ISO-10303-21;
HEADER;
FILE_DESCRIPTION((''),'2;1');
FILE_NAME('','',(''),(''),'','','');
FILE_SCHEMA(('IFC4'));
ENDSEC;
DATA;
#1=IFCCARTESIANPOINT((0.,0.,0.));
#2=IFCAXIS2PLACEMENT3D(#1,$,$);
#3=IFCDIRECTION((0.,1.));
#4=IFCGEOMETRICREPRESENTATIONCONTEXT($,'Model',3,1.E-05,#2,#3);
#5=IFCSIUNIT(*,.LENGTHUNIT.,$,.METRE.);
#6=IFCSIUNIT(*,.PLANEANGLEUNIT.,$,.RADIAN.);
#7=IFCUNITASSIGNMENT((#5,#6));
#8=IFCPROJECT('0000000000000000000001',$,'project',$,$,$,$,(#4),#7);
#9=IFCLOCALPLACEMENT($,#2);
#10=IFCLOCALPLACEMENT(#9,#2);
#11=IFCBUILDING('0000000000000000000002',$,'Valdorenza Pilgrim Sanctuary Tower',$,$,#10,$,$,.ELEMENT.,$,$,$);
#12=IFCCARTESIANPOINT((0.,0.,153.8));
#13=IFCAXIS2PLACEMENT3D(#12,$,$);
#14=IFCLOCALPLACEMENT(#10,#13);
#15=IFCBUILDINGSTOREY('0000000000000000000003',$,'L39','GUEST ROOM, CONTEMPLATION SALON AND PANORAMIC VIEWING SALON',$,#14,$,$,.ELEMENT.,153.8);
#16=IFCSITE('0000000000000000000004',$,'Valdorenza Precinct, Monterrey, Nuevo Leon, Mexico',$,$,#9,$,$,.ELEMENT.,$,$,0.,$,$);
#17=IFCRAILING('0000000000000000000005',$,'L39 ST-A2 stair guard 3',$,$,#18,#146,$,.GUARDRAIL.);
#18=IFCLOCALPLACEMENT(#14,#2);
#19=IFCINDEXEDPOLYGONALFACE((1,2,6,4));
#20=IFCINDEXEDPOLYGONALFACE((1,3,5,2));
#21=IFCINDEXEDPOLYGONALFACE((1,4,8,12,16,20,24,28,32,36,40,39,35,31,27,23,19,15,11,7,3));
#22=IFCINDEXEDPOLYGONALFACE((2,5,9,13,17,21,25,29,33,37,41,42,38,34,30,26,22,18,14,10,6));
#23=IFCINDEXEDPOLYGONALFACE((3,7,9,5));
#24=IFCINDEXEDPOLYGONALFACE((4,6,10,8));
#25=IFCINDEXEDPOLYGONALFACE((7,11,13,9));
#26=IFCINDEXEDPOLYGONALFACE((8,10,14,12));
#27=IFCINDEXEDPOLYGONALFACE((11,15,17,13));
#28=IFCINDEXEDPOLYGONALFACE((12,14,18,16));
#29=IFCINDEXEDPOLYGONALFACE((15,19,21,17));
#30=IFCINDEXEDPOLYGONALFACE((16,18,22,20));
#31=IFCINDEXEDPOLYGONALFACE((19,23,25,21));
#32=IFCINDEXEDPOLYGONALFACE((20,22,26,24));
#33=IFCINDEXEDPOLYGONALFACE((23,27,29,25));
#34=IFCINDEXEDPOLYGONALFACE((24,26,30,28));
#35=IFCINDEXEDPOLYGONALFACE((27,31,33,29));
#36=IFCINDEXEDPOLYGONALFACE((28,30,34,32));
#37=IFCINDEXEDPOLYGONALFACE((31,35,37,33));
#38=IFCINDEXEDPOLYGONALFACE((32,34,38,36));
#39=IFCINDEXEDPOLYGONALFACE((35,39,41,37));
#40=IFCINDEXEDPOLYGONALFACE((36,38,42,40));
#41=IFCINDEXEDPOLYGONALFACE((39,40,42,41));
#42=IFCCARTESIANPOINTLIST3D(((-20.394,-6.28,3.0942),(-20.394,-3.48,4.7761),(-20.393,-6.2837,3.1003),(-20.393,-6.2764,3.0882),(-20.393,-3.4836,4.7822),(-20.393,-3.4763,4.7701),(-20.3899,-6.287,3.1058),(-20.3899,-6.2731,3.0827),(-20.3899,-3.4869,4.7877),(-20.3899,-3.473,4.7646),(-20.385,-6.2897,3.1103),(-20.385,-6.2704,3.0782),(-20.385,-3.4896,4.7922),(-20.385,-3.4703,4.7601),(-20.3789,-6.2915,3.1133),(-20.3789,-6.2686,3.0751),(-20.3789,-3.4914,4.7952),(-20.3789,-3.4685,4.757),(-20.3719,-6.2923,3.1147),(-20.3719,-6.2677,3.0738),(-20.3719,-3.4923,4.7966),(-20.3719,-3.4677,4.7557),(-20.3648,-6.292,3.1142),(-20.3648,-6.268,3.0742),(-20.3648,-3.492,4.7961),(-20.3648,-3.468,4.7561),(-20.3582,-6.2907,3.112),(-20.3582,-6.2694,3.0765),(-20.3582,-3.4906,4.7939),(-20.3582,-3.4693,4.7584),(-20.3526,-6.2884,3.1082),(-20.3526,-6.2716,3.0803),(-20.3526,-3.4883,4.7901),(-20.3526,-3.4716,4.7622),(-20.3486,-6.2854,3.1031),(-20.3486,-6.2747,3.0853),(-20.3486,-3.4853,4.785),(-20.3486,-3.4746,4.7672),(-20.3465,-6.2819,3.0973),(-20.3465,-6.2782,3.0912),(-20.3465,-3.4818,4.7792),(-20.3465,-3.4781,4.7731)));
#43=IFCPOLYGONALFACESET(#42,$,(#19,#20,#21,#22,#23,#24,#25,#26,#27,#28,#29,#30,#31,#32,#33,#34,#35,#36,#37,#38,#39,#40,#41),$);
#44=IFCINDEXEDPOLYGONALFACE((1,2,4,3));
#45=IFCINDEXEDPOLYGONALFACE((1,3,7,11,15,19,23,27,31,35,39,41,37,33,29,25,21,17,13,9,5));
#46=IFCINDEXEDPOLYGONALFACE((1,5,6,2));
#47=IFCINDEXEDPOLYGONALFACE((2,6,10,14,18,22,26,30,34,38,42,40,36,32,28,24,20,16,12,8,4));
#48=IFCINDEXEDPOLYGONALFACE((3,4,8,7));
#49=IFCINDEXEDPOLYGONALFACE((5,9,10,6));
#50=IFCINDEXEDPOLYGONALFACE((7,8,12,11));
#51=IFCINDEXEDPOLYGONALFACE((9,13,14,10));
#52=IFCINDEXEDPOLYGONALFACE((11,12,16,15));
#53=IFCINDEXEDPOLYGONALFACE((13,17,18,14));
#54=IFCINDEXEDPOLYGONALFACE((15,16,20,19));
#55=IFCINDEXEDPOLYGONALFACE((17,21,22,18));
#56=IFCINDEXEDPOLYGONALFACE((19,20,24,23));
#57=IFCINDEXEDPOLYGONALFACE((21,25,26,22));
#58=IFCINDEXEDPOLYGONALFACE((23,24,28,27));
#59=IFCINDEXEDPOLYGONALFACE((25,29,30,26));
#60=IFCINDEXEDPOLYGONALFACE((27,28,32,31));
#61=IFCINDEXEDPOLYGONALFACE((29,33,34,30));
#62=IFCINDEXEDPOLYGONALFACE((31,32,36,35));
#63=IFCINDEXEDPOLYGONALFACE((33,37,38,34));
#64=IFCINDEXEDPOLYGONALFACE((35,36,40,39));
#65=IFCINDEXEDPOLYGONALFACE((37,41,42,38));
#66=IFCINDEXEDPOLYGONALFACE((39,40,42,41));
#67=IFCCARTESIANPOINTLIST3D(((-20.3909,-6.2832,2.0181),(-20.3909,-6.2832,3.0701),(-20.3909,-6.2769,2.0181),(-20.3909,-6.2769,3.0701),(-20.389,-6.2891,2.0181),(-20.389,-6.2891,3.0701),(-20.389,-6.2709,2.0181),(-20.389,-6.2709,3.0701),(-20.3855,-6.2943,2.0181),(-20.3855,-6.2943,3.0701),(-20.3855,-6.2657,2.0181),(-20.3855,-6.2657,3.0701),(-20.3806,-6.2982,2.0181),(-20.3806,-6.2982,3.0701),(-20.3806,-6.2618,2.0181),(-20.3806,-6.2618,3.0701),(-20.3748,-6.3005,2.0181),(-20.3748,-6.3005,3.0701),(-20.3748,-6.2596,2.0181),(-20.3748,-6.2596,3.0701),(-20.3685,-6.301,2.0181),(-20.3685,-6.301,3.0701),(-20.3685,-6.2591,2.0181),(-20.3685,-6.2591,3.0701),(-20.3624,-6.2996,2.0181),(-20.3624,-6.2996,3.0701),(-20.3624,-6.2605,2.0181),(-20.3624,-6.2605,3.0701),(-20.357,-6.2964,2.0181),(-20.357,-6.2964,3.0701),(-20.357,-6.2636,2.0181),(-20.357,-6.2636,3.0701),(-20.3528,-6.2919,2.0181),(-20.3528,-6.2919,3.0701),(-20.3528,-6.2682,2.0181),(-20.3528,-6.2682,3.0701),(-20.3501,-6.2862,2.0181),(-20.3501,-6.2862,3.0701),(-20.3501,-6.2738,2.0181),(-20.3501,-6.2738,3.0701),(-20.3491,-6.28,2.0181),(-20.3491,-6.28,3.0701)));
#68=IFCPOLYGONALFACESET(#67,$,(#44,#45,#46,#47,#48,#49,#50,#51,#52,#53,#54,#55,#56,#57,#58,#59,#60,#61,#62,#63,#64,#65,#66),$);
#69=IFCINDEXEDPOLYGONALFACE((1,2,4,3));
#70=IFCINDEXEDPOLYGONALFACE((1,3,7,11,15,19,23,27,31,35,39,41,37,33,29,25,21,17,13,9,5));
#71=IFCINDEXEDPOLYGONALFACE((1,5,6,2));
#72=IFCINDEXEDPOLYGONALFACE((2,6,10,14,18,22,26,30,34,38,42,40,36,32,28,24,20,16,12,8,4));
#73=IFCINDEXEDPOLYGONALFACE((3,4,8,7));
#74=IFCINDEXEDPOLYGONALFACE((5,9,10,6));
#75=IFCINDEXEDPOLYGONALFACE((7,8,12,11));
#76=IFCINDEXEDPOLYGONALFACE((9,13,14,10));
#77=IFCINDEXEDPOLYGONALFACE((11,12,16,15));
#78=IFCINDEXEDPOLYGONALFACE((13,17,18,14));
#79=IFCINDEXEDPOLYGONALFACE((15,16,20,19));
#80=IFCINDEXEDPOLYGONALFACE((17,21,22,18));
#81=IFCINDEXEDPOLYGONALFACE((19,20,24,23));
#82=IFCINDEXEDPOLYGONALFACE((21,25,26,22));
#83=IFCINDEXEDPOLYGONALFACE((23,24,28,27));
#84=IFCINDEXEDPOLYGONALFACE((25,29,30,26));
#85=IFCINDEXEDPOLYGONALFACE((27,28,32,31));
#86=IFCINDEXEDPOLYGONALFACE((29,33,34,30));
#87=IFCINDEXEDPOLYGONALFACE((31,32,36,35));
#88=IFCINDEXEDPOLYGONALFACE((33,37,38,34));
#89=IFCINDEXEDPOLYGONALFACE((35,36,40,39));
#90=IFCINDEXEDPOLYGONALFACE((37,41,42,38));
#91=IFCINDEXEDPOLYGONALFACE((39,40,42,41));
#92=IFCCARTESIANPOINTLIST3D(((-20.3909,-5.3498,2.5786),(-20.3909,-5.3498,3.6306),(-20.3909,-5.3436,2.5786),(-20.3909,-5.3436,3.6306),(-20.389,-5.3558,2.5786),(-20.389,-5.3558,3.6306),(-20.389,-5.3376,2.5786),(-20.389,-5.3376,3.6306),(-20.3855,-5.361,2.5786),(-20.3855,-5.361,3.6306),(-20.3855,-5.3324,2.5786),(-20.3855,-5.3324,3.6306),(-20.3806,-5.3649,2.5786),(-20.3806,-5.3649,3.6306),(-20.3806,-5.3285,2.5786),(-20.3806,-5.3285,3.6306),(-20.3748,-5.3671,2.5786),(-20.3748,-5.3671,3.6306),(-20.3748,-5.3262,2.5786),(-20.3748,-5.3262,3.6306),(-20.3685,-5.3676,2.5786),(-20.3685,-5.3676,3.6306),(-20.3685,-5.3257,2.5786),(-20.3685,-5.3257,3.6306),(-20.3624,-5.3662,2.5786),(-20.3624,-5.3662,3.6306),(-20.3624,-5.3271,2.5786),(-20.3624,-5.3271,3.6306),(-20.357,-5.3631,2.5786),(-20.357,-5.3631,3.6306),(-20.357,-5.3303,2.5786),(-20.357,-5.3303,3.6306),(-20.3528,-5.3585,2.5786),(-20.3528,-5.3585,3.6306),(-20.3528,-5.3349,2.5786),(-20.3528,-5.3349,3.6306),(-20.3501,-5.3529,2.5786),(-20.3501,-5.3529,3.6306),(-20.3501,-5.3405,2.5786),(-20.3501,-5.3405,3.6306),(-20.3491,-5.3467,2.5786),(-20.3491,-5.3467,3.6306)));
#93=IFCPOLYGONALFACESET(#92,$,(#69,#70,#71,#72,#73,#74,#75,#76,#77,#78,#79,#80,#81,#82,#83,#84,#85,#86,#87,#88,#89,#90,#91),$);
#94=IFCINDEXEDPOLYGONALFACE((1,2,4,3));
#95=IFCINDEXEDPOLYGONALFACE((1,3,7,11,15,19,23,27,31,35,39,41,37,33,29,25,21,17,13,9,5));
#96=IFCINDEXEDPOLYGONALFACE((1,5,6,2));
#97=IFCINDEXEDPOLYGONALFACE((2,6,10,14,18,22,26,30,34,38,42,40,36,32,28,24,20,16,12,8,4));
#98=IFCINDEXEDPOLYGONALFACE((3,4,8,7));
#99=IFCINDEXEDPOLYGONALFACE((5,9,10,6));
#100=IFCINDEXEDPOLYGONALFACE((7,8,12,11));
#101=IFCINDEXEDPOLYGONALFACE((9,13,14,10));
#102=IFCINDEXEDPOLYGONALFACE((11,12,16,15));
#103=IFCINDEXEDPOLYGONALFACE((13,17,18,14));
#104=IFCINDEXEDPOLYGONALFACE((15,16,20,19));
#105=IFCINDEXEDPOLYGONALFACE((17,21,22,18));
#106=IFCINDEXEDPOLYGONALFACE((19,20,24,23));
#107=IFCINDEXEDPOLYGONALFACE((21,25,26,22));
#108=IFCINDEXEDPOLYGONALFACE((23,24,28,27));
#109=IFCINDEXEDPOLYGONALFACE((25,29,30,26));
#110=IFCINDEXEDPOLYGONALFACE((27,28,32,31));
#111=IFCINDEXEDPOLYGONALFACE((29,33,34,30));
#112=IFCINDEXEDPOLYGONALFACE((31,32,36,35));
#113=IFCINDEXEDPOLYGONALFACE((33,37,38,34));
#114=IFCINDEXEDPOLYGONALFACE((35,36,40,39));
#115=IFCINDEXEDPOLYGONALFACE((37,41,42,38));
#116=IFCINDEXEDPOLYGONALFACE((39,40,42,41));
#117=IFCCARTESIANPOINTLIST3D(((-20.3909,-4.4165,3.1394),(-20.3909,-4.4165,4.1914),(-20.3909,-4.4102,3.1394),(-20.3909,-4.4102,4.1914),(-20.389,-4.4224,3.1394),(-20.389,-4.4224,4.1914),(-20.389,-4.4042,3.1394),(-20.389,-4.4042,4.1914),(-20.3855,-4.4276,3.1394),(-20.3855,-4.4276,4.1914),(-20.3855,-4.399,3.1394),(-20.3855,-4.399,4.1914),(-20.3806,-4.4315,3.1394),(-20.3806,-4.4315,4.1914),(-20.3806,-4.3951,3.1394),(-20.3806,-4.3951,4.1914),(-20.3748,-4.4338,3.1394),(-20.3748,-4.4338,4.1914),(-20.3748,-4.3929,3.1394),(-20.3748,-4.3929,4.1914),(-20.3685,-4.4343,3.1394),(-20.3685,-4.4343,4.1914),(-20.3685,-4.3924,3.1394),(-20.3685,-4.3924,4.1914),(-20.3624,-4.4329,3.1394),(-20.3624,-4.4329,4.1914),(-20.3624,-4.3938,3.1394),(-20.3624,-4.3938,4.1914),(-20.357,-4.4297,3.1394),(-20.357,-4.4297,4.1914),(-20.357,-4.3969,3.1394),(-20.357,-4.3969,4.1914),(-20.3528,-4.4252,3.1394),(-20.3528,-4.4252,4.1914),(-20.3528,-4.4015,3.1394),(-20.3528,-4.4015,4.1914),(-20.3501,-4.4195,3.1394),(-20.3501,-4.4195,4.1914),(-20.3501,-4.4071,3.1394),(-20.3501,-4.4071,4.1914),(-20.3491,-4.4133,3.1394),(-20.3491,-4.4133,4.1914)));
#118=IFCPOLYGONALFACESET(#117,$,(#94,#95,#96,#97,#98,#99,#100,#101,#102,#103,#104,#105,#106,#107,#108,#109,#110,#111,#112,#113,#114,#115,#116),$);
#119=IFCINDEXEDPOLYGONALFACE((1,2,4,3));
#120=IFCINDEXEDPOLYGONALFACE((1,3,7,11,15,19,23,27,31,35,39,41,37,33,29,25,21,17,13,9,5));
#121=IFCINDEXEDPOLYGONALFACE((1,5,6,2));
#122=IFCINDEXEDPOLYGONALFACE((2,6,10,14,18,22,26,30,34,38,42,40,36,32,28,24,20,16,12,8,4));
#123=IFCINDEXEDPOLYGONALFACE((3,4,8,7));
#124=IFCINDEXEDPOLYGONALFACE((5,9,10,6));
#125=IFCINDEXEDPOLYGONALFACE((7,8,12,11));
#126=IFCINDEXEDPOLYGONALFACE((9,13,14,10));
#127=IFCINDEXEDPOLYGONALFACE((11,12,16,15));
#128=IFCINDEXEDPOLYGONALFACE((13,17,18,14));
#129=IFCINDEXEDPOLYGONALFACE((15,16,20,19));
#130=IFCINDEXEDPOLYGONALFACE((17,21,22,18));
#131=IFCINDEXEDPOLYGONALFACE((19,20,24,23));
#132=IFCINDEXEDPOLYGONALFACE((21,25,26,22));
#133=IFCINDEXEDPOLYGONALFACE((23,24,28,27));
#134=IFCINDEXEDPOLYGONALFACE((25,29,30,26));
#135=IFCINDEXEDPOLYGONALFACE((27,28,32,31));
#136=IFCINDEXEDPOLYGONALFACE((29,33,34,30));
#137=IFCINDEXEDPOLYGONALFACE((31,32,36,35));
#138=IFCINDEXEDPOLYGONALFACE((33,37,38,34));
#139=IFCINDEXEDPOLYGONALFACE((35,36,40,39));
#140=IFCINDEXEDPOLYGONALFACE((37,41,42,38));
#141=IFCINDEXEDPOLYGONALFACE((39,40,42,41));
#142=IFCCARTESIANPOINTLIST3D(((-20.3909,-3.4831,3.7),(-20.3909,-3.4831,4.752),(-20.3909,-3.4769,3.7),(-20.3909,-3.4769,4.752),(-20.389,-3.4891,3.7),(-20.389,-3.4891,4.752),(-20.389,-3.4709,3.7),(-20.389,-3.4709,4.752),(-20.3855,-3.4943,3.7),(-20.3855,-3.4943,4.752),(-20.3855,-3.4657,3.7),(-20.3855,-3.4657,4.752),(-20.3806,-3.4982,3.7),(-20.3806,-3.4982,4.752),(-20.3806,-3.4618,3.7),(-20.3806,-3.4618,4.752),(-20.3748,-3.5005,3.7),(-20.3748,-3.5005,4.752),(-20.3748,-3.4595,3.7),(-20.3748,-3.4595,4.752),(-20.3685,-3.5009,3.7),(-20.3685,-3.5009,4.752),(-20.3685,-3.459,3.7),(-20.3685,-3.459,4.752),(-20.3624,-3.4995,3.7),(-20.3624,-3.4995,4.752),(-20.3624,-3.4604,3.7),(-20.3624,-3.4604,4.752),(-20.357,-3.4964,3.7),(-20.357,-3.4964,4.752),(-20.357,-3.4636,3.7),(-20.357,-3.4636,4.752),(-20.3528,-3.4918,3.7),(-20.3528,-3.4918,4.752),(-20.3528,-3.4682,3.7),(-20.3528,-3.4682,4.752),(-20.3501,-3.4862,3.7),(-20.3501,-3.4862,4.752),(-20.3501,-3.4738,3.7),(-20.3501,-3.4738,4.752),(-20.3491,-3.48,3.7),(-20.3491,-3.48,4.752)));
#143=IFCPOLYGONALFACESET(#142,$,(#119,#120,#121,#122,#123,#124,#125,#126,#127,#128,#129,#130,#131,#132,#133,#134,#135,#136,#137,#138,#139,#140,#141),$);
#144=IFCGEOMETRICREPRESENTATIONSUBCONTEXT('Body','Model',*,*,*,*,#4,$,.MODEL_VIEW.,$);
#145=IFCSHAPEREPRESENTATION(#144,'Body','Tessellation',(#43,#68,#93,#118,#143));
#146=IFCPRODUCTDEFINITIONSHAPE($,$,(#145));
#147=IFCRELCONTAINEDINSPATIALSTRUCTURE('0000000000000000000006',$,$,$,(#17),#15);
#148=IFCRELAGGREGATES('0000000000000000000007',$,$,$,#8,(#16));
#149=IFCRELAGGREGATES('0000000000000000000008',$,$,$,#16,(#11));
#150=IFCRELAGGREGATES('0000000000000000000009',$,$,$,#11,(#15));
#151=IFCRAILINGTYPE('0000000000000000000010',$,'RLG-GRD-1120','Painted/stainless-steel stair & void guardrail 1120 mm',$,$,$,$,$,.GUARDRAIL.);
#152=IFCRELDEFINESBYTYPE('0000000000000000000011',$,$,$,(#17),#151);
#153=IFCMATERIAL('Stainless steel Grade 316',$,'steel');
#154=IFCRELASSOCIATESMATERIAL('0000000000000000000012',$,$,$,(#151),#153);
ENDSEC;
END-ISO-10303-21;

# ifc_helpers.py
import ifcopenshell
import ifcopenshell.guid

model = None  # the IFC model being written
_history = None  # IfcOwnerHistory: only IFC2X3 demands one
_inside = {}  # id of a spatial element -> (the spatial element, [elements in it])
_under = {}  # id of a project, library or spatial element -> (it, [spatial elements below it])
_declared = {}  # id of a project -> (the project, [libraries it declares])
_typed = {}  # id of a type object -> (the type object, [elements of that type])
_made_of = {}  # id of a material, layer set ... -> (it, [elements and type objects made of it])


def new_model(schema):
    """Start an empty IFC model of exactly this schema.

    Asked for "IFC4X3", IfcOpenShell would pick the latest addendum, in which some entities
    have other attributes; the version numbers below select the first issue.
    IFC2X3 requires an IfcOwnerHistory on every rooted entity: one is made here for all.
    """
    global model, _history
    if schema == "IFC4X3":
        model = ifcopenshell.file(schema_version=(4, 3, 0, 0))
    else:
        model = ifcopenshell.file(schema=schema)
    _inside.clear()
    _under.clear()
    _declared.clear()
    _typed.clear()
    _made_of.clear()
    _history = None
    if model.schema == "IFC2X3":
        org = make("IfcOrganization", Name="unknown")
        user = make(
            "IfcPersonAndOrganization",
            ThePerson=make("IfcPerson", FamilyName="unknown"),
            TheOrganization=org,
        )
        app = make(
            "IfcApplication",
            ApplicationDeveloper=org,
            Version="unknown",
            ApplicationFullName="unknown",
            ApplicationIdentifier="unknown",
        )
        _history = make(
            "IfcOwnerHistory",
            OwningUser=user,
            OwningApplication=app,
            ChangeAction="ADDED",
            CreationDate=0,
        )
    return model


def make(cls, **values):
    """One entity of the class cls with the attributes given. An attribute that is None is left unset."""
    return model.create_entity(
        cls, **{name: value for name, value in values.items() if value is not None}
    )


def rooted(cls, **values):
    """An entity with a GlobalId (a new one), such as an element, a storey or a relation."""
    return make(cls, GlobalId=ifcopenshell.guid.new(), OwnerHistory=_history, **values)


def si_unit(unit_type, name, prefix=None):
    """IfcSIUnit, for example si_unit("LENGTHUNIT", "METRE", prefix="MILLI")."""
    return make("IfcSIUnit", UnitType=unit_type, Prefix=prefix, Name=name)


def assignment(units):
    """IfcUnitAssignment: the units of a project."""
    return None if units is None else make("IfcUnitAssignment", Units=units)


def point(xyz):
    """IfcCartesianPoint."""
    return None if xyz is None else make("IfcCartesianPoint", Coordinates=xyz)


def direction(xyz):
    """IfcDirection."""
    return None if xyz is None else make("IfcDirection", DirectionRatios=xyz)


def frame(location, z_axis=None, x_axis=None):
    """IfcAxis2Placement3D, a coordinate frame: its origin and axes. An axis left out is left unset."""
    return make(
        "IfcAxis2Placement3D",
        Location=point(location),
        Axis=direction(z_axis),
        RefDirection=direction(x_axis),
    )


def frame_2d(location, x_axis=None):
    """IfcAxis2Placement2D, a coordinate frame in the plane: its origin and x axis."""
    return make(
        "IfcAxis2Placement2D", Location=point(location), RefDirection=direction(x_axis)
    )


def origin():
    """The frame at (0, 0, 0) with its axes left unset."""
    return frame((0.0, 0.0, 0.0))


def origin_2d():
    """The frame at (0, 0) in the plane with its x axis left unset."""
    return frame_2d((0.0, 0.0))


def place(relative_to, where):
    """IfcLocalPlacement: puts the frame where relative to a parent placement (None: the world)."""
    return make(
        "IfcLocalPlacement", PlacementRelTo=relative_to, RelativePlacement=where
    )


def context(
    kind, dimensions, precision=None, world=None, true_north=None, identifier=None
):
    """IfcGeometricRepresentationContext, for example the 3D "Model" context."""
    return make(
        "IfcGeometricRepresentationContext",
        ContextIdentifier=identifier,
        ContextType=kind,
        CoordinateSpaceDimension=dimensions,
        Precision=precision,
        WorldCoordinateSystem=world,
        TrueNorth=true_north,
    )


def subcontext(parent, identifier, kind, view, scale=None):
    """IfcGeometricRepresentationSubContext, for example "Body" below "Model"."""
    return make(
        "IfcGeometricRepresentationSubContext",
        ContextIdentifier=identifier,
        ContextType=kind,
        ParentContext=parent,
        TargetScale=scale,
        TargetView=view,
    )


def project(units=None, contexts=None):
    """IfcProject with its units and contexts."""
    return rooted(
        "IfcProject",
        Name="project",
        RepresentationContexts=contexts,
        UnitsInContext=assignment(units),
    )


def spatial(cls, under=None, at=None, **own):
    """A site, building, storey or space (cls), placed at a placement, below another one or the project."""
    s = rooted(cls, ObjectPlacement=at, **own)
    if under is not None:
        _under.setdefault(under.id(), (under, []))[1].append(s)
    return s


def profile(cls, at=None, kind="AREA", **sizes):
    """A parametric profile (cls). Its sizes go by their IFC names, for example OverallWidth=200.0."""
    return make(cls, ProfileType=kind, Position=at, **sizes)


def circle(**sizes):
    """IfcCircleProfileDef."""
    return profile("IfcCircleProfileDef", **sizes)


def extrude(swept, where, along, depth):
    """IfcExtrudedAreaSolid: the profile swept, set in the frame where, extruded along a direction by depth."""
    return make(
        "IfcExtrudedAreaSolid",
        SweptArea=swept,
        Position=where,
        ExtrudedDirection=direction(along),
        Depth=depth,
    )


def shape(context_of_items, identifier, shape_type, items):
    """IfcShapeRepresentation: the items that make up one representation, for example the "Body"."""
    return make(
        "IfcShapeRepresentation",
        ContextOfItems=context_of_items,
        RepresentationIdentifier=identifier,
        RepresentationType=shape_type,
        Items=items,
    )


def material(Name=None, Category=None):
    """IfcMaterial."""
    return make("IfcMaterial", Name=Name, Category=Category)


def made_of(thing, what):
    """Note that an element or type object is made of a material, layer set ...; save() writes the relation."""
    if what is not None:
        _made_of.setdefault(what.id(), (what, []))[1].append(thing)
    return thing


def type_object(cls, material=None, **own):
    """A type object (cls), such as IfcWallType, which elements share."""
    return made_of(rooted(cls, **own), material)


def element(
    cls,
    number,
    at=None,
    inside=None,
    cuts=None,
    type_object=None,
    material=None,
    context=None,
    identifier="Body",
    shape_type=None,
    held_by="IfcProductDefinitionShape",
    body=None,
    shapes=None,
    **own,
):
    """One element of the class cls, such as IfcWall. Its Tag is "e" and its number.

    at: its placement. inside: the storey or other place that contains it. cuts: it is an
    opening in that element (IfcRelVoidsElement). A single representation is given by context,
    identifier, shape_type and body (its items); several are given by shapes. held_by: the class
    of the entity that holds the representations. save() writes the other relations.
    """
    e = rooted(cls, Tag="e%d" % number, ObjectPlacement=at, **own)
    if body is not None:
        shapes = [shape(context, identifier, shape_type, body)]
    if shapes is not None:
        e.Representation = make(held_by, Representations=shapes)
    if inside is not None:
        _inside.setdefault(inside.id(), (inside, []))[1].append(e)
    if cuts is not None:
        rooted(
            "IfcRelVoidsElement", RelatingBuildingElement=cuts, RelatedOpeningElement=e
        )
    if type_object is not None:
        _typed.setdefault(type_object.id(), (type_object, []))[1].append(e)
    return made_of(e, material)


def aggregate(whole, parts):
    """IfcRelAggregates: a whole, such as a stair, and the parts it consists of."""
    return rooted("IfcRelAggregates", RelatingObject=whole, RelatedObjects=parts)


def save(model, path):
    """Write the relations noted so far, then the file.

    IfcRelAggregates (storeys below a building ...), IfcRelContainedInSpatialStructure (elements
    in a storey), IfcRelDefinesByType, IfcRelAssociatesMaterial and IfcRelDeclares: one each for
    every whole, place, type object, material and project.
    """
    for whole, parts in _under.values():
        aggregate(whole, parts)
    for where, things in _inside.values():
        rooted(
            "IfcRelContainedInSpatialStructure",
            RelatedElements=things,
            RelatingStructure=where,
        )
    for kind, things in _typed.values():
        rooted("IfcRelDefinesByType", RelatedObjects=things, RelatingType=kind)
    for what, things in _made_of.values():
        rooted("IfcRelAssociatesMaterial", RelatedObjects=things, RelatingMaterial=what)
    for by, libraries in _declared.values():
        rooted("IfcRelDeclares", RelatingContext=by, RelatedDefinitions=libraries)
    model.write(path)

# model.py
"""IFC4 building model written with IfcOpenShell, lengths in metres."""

from ifc_helpers import new_model, si_unit, direction, frame, origin, origin_2d, place, context, subcontext, project, spatial, circle, extrude, material, type_object, element, save


model = new_model("IFC4")

# Units and contexts
model_context = context("Model", 3, precision=1e-05, world=origin(), true_north=direction((0.0, 1.0)))
body_context = subcontext(model_context, "Body", "Model", "MODEL_VIEW")
ifc_project = project(units=[si_unit("LENGTHUNIT", "METRE"), si_unit("PLANEANGLEUNIT", "RADIAN")], contexts=[model_context])

# Site, building, storey
site_placement = place(None, origin())
site = spatial("IfcSite", under=ifc_project, at=site_placement, Name="Valdorenza Precinct, Monterrey, Nuevo Leon, Mexico", CompositionType="ELEMENT", RefElevation=0.0)
building_placement = place(site_placement, origin())
building = spatial("IfcBuilding", under=site, at=building_placement, Name="Valdorenza Pilgrim Sanctuary Tower", CompositionType="ELEMENT")
storey_placement = place(building_placement, frame((0.0, 0.0, 153.8)))
storey = spatial("IfcBuildingStorey", under=building, at=storey_placement, Name="L39", Description="GUEST ROOM, CONTEMPLATION SALON AND PANORAMIC VIEWING SALON", CompositionType="ELEMENT", Elevation=153.8)

# Railing
ifc_material_1 = material(Name="Stainless steel Grade 316", Category="steel")
railing_type_1 = type_object("IfcRailingType", Name="RLG-GRD-1120", Description="Painted/stainless-steel stair & void guardrail 1120 mm", PredefinedType="GUARDRAIL", material=ifc_material_1)
railing_1_placement = place(storey_placement, frame((-20.3701, -6.28, 2.0181)))
element("IfcRailing", 1, at=railing_1_placement, inside=storey, type_object=railing_type_1, Name="L39 ST-A2 stair guard 3", PredefinedType="GUARDRAIL", context=body_context, shape_type="SweptSolid", body=[
    extrude(circle(Radius=0.0239, at=origin_2d()), frame((0.0, 0.0, 1.0762), z_axis=(0.0, 0.857242, 0.514913), x_axis=(-1.0, 0.0, 0.0)), (0.0, 0.0, 1.0), 3.2664),
    extrude(circle(Radius=0.021, at=origin_2d()), origin(), (0.0, 0.0, 1.0), 1.052),
    extrude(circle(Radius=0.021, at=origin_2d()), frame((0.0, 0.9333, 0.5605)), (0.0, 0.0, 1.0), 1.052),
    extrude(circle(Radius=0.021, at=origin_2d()), frame((0.0, 1.8667, 1.1213)), (0.0, 0.0, 1.0), 1.052),
    extrude(circle(Radius=0.021, at=origin_2d()), frame((0.0, 2.8, 1.6819)), (0.0, 0.0, 1.0), 1.052),
])

save(model, "model.ifc")
